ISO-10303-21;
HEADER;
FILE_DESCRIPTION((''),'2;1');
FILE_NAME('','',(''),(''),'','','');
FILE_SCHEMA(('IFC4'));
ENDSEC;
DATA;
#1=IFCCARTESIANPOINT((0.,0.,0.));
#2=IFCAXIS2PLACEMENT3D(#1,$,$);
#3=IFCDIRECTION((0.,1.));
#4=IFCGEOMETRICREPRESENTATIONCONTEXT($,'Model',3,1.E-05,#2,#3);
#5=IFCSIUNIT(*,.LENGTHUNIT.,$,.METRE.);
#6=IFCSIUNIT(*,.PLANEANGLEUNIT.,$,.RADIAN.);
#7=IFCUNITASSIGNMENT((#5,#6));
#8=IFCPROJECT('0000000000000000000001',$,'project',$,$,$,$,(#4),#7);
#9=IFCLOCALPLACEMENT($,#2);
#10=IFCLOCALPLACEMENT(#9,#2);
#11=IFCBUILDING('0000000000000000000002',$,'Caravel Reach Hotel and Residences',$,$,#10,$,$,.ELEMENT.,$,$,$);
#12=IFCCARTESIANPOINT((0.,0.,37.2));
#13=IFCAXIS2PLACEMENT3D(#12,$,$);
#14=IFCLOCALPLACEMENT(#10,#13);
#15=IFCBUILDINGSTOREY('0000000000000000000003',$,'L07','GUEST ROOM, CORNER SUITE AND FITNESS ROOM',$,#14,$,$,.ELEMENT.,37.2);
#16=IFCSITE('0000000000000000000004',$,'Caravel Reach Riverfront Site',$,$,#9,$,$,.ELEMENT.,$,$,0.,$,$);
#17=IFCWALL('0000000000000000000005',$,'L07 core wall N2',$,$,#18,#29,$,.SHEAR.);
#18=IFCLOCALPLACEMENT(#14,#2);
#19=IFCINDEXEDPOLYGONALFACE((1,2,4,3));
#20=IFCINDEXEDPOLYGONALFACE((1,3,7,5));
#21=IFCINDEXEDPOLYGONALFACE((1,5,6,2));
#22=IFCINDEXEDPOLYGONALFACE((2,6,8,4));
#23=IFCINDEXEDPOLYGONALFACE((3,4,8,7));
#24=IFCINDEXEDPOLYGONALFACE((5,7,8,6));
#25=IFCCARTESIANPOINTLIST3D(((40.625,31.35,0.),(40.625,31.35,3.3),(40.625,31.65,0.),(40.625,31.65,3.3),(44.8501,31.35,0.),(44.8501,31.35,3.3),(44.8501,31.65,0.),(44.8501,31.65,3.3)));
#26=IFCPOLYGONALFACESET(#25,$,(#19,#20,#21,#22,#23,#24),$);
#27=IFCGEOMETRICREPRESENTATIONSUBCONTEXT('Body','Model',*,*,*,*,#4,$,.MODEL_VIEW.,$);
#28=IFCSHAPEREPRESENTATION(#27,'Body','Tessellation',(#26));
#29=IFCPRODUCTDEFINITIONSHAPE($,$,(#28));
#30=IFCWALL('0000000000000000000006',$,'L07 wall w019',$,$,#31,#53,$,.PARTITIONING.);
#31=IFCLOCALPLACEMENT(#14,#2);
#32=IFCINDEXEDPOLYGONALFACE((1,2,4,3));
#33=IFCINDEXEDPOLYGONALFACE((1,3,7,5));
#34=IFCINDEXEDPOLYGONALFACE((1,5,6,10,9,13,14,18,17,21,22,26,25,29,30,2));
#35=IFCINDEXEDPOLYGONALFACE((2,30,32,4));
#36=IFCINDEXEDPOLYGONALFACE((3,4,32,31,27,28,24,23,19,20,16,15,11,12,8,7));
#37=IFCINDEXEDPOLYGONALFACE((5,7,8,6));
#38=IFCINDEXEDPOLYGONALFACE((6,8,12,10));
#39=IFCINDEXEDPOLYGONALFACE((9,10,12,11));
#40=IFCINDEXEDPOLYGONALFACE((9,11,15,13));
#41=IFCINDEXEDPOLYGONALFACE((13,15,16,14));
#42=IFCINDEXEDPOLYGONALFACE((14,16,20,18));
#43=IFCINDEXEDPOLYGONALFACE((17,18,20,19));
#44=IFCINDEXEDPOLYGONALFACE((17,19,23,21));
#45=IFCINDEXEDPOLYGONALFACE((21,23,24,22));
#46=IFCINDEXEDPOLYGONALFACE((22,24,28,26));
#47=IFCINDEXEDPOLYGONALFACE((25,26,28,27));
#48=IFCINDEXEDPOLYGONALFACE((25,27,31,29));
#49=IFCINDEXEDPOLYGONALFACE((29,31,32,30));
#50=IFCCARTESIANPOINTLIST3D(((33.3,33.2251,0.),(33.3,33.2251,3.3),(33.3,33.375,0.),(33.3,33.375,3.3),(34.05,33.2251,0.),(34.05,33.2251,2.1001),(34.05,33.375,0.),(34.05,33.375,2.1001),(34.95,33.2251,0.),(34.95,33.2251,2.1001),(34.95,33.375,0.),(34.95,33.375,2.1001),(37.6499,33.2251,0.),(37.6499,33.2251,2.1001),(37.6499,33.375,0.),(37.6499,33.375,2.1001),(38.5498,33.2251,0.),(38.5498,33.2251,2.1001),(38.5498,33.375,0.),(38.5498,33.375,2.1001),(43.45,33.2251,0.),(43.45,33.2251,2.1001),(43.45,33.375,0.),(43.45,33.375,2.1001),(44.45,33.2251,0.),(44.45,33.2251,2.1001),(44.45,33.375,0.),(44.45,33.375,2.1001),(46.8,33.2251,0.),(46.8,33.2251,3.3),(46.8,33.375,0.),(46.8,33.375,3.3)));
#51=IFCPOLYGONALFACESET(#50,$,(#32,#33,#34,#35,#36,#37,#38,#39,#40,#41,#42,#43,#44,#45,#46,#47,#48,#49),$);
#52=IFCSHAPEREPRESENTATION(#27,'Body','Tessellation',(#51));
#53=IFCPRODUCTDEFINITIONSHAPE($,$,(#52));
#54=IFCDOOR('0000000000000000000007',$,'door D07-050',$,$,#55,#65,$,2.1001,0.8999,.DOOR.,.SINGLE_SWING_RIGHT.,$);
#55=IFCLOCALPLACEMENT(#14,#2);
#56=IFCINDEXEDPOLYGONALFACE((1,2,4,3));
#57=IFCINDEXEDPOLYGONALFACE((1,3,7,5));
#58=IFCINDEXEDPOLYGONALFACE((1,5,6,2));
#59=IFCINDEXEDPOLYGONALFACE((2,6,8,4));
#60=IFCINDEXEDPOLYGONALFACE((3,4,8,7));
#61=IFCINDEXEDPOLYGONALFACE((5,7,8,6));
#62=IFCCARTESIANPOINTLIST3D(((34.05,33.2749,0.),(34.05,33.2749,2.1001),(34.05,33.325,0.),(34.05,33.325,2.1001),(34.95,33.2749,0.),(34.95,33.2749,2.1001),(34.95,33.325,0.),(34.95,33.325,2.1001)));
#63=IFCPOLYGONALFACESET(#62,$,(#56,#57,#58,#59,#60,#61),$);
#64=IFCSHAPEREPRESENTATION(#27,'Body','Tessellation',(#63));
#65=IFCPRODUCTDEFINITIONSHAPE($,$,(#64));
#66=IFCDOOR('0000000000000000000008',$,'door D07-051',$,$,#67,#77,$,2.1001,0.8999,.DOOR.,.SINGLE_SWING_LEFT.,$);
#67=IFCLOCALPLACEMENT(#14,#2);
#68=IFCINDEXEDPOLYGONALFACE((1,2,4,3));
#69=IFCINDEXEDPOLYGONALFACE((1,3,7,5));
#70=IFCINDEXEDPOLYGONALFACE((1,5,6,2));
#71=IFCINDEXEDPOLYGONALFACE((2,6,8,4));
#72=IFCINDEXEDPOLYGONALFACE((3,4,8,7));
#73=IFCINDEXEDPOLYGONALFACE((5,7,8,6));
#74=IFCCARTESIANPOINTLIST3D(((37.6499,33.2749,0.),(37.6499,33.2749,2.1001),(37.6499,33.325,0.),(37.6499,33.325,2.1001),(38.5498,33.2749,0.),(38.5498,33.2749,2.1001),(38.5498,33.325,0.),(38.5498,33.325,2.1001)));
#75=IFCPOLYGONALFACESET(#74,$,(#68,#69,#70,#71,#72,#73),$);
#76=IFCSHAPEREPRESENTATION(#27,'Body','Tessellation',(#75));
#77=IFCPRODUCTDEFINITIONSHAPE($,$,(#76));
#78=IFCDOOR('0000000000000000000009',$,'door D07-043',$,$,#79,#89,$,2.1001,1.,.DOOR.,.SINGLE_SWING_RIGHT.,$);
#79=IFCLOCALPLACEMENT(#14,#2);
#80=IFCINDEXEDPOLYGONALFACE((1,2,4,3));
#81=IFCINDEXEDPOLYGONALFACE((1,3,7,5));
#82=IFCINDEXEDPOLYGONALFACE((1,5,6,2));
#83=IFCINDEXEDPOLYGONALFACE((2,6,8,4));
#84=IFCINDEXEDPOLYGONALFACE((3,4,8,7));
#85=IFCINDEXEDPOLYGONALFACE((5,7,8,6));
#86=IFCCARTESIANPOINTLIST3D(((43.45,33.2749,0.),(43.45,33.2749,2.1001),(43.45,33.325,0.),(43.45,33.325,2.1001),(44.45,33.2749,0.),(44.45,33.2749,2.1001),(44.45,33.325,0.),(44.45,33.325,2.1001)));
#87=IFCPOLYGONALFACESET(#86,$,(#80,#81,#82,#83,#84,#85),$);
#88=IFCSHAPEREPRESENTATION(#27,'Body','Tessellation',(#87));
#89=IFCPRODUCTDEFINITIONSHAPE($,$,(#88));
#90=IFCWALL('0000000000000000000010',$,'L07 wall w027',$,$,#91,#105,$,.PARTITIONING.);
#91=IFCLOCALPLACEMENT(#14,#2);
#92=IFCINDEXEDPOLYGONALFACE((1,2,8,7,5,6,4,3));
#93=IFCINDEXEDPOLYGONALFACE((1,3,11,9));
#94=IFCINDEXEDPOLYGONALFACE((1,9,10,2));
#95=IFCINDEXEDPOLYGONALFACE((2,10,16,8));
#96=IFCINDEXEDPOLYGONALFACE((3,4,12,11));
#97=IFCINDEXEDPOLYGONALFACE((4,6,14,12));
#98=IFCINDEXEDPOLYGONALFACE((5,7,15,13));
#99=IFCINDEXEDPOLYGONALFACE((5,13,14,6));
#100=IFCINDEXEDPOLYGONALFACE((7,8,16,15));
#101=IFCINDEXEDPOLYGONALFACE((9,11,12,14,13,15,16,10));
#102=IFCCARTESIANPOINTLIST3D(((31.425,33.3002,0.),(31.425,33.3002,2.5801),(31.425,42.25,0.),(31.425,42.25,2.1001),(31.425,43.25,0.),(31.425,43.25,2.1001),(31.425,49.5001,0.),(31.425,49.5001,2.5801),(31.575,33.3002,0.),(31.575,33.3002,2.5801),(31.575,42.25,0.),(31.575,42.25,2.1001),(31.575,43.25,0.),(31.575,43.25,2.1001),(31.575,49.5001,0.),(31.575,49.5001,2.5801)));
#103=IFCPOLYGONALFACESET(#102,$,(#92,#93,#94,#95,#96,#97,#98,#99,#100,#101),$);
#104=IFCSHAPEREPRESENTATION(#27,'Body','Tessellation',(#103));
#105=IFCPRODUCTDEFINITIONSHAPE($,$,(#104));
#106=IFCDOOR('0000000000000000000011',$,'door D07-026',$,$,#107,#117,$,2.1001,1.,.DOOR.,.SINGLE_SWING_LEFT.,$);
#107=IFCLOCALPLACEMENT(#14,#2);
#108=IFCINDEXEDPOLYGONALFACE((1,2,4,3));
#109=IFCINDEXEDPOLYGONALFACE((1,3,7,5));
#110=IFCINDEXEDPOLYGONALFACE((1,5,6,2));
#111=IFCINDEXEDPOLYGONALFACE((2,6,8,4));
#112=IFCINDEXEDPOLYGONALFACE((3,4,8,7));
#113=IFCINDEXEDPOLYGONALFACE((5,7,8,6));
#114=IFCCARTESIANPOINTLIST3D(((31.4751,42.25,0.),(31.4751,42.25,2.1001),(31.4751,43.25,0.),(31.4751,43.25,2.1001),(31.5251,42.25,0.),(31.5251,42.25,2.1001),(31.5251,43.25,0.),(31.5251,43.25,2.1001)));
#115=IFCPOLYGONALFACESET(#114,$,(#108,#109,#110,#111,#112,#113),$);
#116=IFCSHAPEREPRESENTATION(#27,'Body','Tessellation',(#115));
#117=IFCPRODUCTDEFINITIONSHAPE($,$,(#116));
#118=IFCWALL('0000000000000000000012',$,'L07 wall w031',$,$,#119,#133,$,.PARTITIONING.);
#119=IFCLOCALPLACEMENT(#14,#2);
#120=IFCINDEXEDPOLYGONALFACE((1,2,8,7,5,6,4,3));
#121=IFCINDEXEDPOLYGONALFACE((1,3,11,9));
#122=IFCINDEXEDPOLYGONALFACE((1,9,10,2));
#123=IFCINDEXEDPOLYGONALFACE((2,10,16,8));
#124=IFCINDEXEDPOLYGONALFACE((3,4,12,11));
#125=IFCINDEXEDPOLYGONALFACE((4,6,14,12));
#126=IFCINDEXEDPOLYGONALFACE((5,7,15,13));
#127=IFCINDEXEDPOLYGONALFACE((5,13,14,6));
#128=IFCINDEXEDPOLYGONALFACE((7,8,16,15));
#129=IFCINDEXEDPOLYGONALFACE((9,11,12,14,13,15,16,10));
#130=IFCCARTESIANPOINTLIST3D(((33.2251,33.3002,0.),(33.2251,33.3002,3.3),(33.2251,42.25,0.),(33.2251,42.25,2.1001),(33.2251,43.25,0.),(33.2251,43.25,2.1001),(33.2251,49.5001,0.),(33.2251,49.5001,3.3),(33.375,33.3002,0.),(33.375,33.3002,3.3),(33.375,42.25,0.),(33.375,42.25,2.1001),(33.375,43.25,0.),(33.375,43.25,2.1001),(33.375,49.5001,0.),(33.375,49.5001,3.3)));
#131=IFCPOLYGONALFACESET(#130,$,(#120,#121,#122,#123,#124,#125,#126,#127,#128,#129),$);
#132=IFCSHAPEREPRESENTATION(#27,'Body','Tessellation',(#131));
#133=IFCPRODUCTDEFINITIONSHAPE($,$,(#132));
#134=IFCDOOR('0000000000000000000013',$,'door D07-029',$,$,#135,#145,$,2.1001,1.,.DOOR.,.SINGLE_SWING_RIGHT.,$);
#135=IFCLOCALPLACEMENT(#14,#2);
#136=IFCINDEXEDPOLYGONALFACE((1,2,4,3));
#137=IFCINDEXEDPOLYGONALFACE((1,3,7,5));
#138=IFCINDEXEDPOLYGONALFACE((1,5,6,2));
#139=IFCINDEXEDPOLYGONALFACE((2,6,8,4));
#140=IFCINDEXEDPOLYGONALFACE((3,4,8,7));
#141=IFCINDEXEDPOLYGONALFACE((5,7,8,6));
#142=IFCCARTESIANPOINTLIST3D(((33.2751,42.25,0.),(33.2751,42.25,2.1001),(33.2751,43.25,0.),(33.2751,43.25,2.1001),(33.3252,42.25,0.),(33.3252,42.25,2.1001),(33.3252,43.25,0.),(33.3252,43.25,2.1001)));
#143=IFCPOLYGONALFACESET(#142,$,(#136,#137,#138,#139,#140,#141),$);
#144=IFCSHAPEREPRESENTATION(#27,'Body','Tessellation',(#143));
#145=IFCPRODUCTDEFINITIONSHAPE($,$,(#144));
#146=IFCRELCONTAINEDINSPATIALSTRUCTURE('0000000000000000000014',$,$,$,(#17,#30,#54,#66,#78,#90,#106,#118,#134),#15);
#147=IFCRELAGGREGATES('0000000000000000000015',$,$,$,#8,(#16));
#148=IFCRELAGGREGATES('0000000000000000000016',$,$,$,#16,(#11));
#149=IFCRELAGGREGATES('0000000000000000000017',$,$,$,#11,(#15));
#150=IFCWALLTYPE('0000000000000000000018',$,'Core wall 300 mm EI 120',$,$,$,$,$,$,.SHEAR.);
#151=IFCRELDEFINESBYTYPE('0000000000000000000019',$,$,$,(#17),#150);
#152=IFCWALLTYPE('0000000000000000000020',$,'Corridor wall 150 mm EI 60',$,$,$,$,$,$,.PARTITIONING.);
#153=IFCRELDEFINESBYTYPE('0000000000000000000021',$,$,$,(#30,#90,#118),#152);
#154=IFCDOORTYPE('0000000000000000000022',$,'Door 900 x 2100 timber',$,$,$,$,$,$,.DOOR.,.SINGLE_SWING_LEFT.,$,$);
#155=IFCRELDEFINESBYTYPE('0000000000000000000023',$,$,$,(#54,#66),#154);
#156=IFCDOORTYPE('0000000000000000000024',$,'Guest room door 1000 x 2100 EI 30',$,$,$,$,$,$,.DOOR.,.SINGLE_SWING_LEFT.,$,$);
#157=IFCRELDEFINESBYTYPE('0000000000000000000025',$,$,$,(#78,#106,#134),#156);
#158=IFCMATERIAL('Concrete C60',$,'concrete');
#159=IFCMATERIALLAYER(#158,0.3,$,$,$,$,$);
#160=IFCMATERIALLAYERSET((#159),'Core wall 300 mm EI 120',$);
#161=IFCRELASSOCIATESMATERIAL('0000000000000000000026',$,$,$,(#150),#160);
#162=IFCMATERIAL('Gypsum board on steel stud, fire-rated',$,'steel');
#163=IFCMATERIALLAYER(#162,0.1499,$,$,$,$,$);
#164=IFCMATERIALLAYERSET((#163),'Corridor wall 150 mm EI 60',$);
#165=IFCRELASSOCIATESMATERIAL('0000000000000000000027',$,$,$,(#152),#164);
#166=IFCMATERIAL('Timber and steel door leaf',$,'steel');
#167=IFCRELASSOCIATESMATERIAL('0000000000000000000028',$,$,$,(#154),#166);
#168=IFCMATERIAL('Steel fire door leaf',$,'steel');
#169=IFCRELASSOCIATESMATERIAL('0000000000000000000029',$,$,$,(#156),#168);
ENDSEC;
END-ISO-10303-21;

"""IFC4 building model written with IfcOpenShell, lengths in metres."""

from ifc_helpers import new_model, si_unit, direction, frame, frame_2d, origin, place, context, subcontext, project, spatial, rectangle, extrude, material, layer, layer_set, type_object, element, fill, save


model = new_model("IFC4")

# Units and contexts
model_context = context("Model", 3, precision=1e-05, world=origin(), true_north=direction((0.0, 1.0)))
body_context = subcontext(model_context, "Body", "Model", "MODEL_VIEW")
ifc_project = project(units=[si_unit("LENGTHUNIT", "METRE"), si_unit("PLANEANGLEUNIT", "RADIAN")], contexts=[model_context])

# Site, building, storey
site_placement = place(None, origin())
site = spatial("IfcSite", under=ifc_project, at=site_placement, Name="Caravel Reach Riverfront Site", CompositionType="ELEMENT", RefElevation=0.0)
building_placement = place(site_placement, origin())
building = spatial("IfcBuilding", under=site, at=building_placement, Name="Caravel Reach Hotel and Residences", CompositionType="ELEMENT")
storey_placement = place(building_placement, frame((0.0, 0.0, 37.2)))
storey = spatial("IfcBuildingStorey", under=building, at=storey_placement, Name="L07", Description="GUEST ROOM, CORNER SUITE AND FITNESS ROOM", CompositionType="ELEMENT", Elevation=37.2)

# Wall
ifc_material_1 = material(Name="Concrete C60", Category="concrete")
ifc_layer_1 = layer(ifc_material_1, 0.3)
ifc_layer_set_1 = layer_set([ifc_layer_1], Name="Core wall 300 mm EI 120")
wall_type_1 = type_object("IfcWallType", Name="Core wall 300 mm EI 120", PredefinedType="SHEAR", material=ifc_layer_set_1)
wall_1_placement = place(storey_placement, frame((40.625, 31.5, 0.0), z_axis=(0.0, 0.0, 1.0), x_axis=(1.0, 0.0, 0.0)))
element("IfcWall", 1, at=wall_1_placement, inside=storey, type_object=wall_type_1, Name="L07 core wall N2", PredefinedType="SHEAR", context=body_context, shape_type="SweptSolid", body=[
    extrude(rectangle(XDim=4.2251, YDim=0.3, at=frame_2d((2.1125, 0.0))), origin(), (0.0, 0.0, 1.0), 3.3),
])

# Wall, openings, doors
ifc_material_2 = material(Name="Gypsum board on steel stud, fire-rated", Category="steel")
ifc_layer_2 = layer(ifc_material_2, 0.1499)
ifc_layer_set_2 = layer_set([ifc_layer_2], Name="Corridor wall 150 mm EI 60")
wall_type_2 = type_object("IfcWallType", Name="Corridor wall 150 mm EI 60", PredefinedType="PARTITIONING", material=ifc_layer_set_2)
wall_2_placement = place(storey_placement, frame((33.3, 33.3, 0.0), z_axis=(0.0, 0.0, 1.0), x_axis=(1.0, 0.0, 0.0)))
wall_2 = element("IfcWall", 2, at=wall_2_placement, inside=storey, type_object=wall_type_2, Name="L07 wall w019", PredefinedType="PARTITIONING", context=body_context, shape_type="SweptSolid", body=[
    extrude(rectangle(XDim=13.5, YDim=0.1499, at=frame_2d((6.75, 0.0))), origin(), (0.0, 0.0, 1.0), 3.3),
])
opening_1_placement = place(wall_2_placement, frame((10.1499, 0.0, 0.0)))
opening_1 = element("IfcOpeningElement", 3, at=opening_1_placement, cuts=wall_2, PredefinedType="OPENING", context=body_context, shape_type="SweptSolid", body=[
    extrude(rectangle(XDim=1.0, YDim=2.1001, at=frame_2d((0.5, 1.05))), frame((0.0, 0.085, 0.0), z_axis=(0.0, -1.0, 0.0), x_axis=(1.0, 0.0, 0.0)), (0.0, 0.0, 1.0), 0.1699),
])
opening_2_placement = place(wall_2_placement, frame((0.75, 0.0, 0.0)))
opening_2 = element("IfcOpeningElement", 4, at=opening_2_placement, cuts=wall_2, PredefinedType="OPENING", context=body_context, shape_type="SweptSolid", body=[
    extrude(rectangle(XDim=0.8999, YDim=2.1001, at=frame_2d((0.45, 1.05))), frame((0.0, 0.085, 0.0), z_axis=(0.0, -1.0, 0.0), x_axis=(1.0, 0.0, 0.0)), (0.0, 0.0, 1.0), 0.1699),
])
opening_3_placement = place(wall_2_placement, frame((4.3499, 0.0, 0.0)))
opening_3 = element("IfcOpeningElement", 5, at=opening_3_placement, cuts=wall_2, PredefinedType="OPENING", context=body_context, shape_type="SweptSolid", body=[
    extrude(rectangle(XDim=0.8999, YDim=2.1001, at=frame_2d((0.45, 1.05))), frame((0.0, 0.085, 0.0), z_axis=(0.0, -1.0, 0.0), x_axis=(1.0, 0.0, 0.0)), (0.0, 0.0, 1.0), 0.1699),
])
ifc_material_3 = material(Name="Timber and steel door leaf", Category="steel")
door_type_1 = type_object("IfcDoorType", Name="Door 900 x 2100 timber", OperationType="SINGLE_SWING_LEFT", PredefinedType="DOOR", material=ifc_material_3)
door_1_placement = place(opening_2_placement, origin())
door_1 = element("IfcDoor", 6, at=door_1_placement, inside=storey, type_object=door_type_1, Name="door D07-050", OperationType="SINGLE_SWING_RIGHT", OverallHeight=2.1001, OverallWidth=0.8999, PredefinedType="DOOR", context=body_context, shape_type="SweptSolid", body=[
    extrude(rectangle(XDim=0.8999, YDim=2.1001, at=frame_2d((0.45, 1.05))), frame((0.0, 0.0249, 0.0), z_axis=(0.0, -1.0, 0.0), x_axis=(1.0, 0.0, 0.0)), (0.0, 0.0, 1.0), 0.05),
])
fill(opening_2, door_1)
door_2_placement = place(opening_3_placement, origin())
door_2 = element("IfcDoor", 7, at=door_2_placement, inside=storey, type_object=door_type_1, Name="door D07-051", OperationType="SINGLE_SWING_LEFT", OverallHeight=2.1001, OverallWidth=0.8999, PredefinedType="DOOR", context=body_context, shape_type="SweptSolid", body=[
    extrude(rectangle(XDim=0.8999, YDim=2.1001, at=frame_2d((0.45, 1.05))), frame((0.0, 0.0249, 0.0), z_axis=(0.0, -1.0, 0.0), x_axis=(1.0, 0.0, 0.0)), (0.0, 0.0, 1.0), 0.05),
])
fill(opening_3, door_2)
ifc_material_4 = material(Name="Steel fire door leaf", Category="steel")
door_type_2 = type_object("IfcDoorType", Name="Guest room door 1000 x 2100 EI 30", OperationType="SINGLE_SWING_LEFT", PredefinedType="DOOR", material=ifc_material_4)
door_3_placement = place(opening_1_placement, origin())
door_3 = element("IfcDoor", 8, at=door_3_placement, inside=storey, type_object=door_type_2, Name="door D07-043", OperationType="SINGLE_SWING_RIGHT", OverallHeight=2.1001, OverallWidth=1.0, PredefinedType="DOOR", context=body_context, shape_type="SweptSolid", body=[
    extrude(rectangle(XDim=1.0, YDim=2.1001, at=frame_2d((0.5, 1.05))), frame((0.0, 0.0249, 0.0), z_axis=(0.0, -1.0, 0.0), x_axis=(1.0, 0.0, 0.0)), (0.0, 0.0, 1.0), 0.05),
])
fill(opening_1, door_3)

# Walls, openings, doors
wall_3_placement = place(storey_placement, frame((31.5, 33.3, 0.0), z_axis=(0.0, 0.0, 1.0), x_axis=(0.0, 1.0, 0.0)))
wall_3 = element("IfcWall", 9, at=wall_3_placement, inside=storey, type_object=wall_type_2, Name="L07 wall w027", PredefinedType="PARTITIONING", context=body_context, shape_type="SweptSolid", body=[
    extrude(rectangle(XDim=16.2, YDim=0.1499, at=frame_2d((8.1001, 0.0))), origin(), (0.0, 0.0, 1.0), 2.5801),
])
opening_4_placement = place(wall_3_placement, frame((8.95, 0.0, 0.0)))
opening_4 = element("IfcOpeningElement", 10, at=opening_4_placement, cuts=wall_3, PredefinedType="OPENING", context=body_context, shape_type="SweptSolid", body=[
    extrude(rectangle(XDim=1.0, YDim=2.1001, at=frame_2d((0.5, 1.05))), frame((0.0, 0.085, 0.0), z_axis=(0.0, -1.0, 0.0), x_axis=(1.0, 0.0, 0.0)), (0.0, 0.0, 1.0), 0.1699),
])
door_4_placement = place(opening_4_placement, origin())
door_4 = element("IfcDoor", 11, at=door_4_placement, inside=storey, type_object=door_type_2, Name="door D07-026", OperationType="SINGLE_SWING_LEFT", OverallHeight=2.1001, OverallWidth=1.0, PredefinedType="DOOR", context=body_context, shape_type="SweptSolid", body=[
    extrude(rectangle(XDim=1.0, YDim=2.1001, at=frame_2d((0.5, 1.05))), frame((0.0, 0.0249, 0.0), z_axis=(0.0, -1.0, 0.0), x_axis=(1.0, 0.0, 0.0)), (0.0, 0.0, 1.0), 0.05),
])
fill(opening_4, door_4)
wall_4_placement = place(storey_placement, frame((33.3, 33.3, 0.0), z_axis=(0.0, 0.0, 1.0), x_axis=(0.0, 1.0, 0.0)))
wall_4 = element("IfcWall", 12, at=wall_4_placement, inside=storey, type_object=wall_type_2, Name="L07 wall w031", PredefinedType="PARTITIONING", context=body_context, shape_type="SweptSolid", body=[
    extrude(rectangle(XDim=16.2, YDim=0.1499, at=frame_2d((8.1001, 0.0))), origin(), (0.0, 0.0, 1.0), 3.3),
])
opening_5_placement = place(wall_4_placement, frame((8.95, 0.0, 0.0)))
opening_5 = element("IfcOpeningElement", 13, at=opening_5_placement, cuts=wall_4, PredefinedType="OPENING", context=body_context, shape_type="SweptSolid", body=[
    extrude(rectangle(XDim=1.0, YDim=2.1001, at=frame_2d((0.5, 1.05))), frame((0.0, 0.085, 0.0), z_axis=(0.0, -1.0, 0.0), x_axis=(1.0, 0.0, 0.0)), (0.0, 0.0, 1.0), 0.1699),
])
door_5_placement = place(opening_5_placement, origin())
door_5 = element("IfcDoor", 14, at=door_5_placement, inside=storey, type_object=door_type_2, Name="door D07-029", OperationType="SINGLE_SWING_RIGHT", OverallHeight=2.1001, OverallWidth=1.0, PredefinedType="DOOR", context=body_context, shape_type="SweptSolid", body=[
    extrude(rectangle(XDim=1.0, YDim=2.1001, at=frame_2d((0.5, 1.05))), frame((0.0, 0.0249, 0.0), z_axis=(0.0, -1.0, 0.0), x_axis=(1.0, 0.0, 0.0)), (0.0, 0.0, 1.0), 0.05),
])
fill(opening_5, door_5)

save(model, "model.ifc")
